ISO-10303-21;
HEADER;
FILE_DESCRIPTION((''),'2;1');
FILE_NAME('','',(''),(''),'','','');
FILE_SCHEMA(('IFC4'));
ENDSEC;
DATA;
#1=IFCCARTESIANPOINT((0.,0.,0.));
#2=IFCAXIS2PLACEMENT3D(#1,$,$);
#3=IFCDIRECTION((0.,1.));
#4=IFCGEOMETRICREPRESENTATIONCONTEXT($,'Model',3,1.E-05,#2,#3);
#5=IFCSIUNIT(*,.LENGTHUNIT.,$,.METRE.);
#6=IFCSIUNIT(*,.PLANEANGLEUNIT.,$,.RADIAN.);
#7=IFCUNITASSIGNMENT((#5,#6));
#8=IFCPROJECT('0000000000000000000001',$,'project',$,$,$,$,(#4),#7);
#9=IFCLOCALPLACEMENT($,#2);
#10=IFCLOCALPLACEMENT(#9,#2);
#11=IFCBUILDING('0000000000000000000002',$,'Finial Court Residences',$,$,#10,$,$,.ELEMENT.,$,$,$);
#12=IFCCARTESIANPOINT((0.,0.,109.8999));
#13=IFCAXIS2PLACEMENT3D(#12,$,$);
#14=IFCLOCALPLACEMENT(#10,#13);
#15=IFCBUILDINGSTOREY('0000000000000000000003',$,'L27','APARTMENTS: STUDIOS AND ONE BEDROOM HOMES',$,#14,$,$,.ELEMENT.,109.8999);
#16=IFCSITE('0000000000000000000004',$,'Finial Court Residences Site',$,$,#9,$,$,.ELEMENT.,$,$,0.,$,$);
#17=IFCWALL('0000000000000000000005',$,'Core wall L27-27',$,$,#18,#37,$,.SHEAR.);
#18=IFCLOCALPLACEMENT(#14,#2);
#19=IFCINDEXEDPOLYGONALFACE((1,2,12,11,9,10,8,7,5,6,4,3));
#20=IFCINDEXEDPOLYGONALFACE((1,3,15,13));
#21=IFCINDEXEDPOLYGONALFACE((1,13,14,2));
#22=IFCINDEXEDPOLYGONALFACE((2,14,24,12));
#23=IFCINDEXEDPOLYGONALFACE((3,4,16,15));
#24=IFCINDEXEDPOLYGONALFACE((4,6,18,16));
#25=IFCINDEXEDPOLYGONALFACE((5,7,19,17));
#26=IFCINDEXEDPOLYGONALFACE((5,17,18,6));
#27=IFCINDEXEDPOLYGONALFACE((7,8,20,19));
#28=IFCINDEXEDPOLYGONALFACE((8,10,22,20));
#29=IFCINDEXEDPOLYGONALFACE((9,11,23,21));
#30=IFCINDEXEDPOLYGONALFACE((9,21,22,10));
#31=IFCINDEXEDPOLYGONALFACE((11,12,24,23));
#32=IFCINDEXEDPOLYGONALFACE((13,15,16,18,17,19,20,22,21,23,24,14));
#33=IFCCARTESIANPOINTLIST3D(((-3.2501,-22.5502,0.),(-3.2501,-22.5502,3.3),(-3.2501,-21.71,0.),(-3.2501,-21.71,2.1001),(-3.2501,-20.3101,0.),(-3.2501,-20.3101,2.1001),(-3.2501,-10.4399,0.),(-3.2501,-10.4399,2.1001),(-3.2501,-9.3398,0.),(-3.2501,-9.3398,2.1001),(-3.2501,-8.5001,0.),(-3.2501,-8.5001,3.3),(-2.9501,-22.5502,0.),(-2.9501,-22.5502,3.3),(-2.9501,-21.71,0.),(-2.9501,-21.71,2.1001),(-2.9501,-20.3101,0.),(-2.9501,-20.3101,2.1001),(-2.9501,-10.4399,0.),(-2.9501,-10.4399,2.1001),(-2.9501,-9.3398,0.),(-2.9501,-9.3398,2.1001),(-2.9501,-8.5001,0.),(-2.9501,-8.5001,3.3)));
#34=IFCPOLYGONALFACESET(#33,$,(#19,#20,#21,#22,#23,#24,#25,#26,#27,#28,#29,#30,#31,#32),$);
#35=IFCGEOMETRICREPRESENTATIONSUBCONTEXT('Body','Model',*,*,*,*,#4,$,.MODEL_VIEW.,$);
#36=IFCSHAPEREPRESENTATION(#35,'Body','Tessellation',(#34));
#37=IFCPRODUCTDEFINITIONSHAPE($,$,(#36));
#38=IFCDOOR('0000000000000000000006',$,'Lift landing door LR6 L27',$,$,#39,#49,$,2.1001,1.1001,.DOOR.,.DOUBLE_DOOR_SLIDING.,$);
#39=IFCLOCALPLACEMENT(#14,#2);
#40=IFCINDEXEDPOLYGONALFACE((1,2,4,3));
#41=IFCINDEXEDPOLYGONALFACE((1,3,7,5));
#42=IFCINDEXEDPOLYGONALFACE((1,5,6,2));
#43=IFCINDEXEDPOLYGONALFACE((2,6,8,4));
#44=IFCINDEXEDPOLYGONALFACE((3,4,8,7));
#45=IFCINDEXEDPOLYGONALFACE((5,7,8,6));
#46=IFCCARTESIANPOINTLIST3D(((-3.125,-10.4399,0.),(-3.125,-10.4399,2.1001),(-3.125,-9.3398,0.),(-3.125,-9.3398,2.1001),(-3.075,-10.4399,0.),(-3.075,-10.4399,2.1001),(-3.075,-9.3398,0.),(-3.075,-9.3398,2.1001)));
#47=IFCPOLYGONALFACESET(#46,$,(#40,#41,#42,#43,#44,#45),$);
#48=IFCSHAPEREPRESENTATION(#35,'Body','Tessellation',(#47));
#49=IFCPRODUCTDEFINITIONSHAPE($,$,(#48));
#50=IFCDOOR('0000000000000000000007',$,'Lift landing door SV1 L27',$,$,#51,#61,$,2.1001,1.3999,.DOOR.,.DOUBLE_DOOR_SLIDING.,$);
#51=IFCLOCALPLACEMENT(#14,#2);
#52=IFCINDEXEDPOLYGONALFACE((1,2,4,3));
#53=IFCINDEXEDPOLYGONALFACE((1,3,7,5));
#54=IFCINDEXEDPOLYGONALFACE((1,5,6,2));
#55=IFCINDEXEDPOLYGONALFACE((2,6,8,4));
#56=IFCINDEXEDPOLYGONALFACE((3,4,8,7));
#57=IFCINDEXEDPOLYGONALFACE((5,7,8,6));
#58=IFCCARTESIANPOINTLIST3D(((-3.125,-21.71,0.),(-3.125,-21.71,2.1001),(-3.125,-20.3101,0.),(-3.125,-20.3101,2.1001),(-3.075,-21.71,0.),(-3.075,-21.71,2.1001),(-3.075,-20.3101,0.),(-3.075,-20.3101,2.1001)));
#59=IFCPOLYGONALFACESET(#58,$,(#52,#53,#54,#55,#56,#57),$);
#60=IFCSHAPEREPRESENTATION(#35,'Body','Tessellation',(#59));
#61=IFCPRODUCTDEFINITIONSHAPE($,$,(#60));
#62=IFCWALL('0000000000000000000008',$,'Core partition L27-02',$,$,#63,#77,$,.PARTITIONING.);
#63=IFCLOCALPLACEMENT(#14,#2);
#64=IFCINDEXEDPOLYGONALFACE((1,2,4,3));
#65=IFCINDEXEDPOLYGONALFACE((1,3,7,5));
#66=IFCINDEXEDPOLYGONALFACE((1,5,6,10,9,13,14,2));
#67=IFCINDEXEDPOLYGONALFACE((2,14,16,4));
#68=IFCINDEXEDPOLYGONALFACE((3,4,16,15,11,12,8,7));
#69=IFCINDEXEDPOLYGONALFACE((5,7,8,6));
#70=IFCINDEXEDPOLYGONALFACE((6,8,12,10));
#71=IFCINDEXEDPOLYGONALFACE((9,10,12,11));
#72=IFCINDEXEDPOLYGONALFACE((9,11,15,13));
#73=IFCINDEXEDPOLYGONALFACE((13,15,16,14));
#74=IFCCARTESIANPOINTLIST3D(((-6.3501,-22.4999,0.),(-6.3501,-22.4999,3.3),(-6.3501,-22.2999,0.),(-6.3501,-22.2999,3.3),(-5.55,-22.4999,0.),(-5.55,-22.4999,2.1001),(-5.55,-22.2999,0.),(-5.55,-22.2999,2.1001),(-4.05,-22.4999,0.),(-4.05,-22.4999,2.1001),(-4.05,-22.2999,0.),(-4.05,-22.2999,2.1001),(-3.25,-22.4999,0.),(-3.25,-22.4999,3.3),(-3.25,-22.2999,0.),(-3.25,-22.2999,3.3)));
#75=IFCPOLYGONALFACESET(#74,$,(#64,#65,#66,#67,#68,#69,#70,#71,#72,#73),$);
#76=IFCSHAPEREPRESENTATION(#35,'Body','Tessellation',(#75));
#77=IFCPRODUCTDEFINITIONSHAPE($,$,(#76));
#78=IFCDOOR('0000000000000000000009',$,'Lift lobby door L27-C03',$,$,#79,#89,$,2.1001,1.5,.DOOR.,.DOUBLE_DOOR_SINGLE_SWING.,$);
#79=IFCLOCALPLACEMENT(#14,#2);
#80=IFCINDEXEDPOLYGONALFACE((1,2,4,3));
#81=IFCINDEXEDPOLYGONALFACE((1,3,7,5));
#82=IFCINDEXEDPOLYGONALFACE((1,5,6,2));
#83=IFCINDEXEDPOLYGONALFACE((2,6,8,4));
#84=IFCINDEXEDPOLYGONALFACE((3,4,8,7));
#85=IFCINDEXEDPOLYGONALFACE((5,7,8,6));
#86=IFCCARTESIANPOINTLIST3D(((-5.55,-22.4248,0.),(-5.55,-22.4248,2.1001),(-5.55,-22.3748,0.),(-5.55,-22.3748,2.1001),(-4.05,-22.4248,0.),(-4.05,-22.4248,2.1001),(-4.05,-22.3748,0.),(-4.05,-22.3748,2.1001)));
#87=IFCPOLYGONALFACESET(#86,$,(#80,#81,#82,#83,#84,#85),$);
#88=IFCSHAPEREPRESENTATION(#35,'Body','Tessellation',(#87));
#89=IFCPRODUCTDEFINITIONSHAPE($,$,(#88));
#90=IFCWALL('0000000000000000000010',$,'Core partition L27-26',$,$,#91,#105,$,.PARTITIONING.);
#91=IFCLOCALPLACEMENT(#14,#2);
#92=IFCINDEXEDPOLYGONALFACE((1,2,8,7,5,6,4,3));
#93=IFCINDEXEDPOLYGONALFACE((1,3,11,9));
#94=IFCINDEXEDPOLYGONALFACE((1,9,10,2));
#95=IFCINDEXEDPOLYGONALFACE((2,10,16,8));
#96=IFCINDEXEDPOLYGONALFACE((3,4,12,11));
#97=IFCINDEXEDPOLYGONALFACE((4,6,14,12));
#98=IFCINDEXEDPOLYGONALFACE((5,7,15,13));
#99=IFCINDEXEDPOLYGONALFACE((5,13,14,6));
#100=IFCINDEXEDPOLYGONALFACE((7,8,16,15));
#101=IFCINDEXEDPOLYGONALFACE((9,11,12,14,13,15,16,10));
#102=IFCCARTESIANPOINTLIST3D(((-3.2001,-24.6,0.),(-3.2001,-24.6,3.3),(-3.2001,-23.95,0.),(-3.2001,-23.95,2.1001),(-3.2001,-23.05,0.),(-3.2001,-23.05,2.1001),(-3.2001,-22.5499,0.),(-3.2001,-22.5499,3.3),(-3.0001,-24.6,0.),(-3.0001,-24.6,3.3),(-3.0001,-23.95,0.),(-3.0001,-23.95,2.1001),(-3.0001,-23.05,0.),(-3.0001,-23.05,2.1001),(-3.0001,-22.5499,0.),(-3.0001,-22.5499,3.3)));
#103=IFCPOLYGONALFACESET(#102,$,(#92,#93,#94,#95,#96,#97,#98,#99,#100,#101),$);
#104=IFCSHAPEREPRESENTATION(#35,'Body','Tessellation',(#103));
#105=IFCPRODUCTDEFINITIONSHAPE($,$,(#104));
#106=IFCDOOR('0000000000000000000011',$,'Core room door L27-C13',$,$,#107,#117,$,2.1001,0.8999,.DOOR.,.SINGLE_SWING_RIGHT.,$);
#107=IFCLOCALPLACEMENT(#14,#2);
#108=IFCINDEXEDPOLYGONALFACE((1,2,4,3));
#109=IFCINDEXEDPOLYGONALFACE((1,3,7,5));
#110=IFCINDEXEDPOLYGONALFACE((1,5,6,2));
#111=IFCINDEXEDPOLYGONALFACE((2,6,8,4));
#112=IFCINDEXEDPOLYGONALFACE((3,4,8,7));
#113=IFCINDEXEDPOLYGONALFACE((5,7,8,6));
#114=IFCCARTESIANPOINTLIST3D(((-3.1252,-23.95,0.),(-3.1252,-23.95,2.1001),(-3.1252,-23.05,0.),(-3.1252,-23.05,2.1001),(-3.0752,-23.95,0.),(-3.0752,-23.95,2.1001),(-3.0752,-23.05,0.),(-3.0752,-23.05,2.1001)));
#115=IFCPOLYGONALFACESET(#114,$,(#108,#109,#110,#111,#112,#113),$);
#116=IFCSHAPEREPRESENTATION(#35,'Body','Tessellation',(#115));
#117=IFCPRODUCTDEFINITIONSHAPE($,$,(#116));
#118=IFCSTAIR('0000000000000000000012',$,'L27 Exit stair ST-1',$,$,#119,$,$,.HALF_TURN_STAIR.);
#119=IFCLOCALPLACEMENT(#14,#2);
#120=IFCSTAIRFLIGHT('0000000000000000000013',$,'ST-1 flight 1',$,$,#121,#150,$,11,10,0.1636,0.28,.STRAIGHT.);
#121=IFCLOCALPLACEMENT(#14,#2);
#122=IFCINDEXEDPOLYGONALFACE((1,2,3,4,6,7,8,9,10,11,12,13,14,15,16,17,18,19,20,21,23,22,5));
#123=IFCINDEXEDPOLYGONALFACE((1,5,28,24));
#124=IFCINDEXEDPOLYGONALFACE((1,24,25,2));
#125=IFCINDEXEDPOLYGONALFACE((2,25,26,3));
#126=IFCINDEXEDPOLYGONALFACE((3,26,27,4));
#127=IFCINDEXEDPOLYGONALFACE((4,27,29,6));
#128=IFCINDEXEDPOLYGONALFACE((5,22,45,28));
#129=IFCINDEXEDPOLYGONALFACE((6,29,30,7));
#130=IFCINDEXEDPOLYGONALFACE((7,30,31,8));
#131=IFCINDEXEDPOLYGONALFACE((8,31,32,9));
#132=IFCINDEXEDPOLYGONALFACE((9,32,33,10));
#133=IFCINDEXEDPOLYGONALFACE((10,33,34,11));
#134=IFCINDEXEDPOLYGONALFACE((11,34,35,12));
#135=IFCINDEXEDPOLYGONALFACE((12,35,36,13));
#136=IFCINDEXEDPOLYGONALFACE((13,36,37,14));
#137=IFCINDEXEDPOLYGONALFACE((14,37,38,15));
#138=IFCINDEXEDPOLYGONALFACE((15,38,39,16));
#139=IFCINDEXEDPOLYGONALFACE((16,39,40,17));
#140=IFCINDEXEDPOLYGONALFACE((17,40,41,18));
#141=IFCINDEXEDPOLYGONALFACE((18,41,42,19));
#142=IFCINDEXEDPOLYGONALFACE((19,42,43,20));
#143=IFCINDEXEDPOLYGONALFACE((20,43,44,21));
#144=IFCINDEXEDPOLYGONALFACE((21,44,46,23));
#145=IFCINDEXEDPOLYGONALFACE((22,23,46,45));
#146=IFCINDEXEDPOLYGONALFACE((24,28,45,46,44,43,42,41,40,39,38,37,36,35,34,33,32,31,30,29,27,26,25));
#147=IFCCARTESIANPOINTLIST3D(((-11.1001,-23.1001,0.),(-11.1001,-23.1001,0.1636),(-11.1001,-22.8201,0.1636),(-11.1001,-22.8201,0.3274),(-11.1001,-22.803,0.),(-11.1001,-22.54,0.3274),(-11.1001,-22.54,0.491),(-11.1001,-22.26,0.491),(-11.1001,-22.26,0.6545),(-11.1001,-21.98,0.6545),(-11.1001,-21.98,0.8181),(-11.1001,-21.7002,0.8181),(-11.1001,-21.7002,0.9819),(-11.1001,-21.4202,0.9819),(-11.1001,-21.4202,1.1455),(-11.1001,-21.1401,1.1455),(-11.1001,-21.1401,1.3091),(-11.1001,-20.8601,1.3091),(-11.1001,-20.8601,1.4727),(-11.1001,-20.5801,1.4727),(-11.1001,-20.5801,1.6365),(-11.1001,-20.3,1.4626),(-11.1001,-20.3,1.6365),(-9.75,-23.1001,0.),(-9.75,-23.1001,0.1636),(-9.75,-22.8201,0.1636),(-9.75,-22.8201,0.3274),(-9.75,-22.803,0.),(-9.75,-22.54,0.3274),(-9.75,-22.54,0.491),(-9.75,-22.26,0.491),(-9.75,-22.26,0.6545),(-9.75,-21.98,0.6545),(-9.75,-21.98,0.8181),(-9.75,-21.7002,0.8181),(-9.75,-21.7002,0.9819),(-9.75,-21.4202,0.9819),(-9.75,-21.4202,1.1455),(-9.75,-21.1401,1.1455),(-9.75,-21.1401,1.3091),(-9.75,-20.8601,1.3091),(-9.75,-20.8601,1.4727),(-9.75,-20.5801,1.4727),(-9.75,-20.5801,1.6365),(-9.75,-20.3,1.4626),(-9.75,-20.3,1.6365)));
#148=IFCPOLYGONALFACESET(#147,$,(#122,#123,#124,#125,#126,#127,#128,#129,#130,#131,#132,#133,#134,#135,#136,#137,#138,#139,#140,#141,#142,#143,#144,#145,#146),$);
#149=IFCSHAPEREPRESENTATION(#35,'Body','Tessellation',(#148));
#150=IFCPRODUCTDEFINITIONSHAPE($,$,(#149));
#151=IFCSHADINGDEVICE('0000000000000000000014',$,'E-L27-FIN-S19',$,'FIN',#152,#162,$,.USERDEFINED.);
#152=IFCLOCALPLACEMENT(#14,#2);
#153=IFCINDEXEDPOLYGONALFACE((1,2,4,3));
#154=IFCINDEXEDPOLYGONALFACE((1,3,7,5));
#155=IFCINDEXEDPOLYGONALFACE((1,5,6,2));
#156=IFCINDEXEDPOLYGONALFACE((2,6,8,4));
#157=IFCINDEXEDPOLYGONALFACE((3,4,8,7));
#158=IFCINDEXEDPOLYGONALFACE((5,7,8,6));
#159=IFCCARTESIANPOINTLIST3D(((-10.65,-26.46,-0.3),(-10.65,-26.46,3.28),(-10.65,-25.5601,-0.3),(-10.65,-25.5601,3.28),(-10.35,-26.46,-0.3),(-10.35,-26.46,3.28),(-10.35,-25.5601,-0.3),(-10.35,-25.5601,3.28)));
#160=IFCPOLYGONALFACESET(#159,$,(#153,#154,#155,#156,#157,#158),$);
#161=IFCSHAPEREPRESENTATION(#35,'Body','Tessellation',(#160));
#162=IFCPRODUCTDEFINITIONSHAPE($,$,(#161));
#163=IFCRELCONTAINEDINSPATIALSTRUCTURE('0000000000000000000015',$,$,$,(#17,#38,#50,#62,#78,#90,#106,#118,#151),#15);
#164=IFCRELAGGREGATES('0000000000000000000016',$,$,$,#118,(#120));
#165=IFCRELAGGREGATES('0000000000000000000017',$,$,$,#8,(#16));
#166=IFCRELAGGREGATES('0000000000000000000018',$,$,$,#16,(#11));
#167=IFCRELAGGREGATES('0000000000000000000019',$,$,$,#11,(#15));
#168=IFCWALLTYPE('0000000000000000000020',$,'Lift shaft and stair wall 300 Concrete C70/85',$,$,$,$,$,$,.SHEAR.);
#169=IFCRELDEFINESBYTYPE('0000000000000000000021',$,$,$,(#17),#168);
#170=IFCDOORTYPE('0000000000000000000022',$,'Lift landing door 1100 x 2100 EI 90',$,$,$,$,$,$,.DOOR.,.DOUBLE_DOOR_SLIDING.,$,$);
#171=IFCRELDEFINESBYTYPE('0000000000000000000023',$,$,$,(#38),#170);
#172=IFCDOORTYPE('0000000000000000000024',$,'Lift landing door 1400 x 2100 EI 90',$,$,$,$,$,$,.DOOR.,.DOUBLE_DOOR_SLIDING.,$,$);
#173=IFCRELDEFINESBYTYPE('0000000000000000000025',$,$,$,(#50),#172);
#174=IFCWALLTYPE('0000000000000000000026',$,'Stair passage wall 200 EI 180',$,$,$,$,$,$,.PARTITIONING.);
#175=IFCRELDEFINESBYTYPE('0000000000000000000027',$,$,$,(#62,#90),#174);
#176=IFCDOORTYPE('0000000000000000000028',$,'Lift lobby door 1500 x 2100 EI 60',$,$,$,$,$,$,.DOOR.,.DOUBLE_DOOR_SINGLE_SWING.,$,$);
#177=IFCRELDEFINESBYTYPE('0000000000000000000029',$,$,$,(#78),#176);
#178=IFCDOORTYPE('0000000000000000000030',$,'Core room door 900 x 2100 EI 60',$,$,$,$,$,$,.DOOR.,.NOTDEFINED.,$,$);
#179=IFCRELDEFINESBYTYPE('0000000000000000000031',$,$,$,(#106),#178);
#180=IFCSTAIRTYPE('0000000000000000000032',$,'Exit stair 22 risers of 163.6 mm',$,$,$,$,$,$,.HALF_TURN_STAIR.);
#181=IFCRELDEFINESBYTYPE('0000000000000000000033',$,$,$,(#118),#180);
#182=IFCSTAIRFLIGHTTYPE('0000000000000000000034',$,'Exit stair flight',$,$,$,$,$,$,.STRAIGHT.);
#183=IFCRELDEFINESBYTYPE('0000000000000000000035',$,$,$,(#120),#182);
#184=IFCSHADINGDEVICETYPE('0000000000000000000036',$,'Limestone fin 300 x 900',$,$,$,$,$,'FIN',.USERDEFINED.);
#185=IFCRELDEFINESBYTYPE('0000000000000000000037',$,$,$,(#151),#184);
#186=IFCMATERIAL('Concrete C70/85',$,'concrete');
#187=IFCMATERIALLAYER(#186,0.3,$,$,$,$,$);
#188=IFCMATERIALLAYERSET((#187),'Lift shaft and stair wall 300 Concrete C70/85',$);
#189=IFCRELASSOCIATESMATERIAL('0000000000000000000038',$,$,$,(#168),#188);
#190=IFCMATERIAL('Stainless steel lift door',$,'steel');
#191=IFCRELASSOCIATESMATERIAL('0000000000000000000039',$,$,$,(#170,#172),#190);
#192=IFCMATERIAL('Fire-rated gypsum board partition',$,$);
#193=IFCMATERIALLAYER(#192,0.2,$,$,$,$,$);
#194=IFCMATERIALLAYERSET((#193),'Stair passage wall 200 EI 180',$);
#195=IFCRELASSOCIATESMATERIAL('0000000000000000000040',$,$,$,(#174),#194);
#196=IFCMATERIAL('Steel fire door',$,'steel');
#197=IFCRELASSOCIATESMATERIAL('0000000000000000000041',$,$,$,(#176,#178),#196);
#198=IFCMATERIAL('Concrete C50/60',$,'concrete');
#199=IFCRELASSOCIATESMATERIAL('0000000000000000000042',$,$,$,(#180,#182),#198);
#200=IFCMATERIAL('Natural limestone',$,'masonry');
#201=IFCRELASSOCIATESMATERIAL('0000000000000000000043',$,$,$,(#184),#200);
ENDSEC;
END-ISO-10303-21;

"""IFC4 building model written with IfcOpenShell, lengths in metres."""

from ifc_helpers import new_model, si_unit, direction, frame, frame_2d, origin, origin_2d, place, context, subcontext, project, spatial, polyline, rectangle, outline, extrude, material, layer, layer_set, type_object, element, fill, aggregate, save


model = new_model("IFC4")

# Units and contexts
model_context = context("Model", 3, precision=1e-05, world=origin(), true_north=direction((0.0, 1.0)))
body_context = subcontext(model_context, "Body", "Model", "MODEL_VIEW")
ifc_project = project(units=[si_unit("LENGTHUNIT", "METRE"), si_unit("PLANEANGLEUNIT", "RADIAN")], contexts=[model_context])

# Site, building, storey
site_placement = place(None, origin())
site = spatial("IfcSite", under=ifc_project, at=site_placement, Name="Finial Court Residences Site", CompositionType="ELEMENT", RefElevation=0.0)
building_placement = place(site_placement, origin())
building = spatial("IfcBuilding", under=site, at=building_placement, Name="Finial Court Residences", CompositionType="ELEMENT")
storey_placement = place(building_placement, frame((0.0, 0.0, 109.8999)))
storey = spatial("IfcBuildingStorey", under=building, at=storey_placement, Name="L27", Description="APARTMENTS: STUDIOS AND ONE BEDROOM HOMES", CompositionType="ELEMENT", Elevation=109.8999)

# Shared definitions
ifc_material_1 = material(Name="Concrete C70/85", Category="concrete")
ifc_layer_1 = layer(ifc_material_1, 0.3)
ifc_layer_set_1 = layer_set([ifc_layer_1], Name="Lift shaft and stair wall 300 Concrete C70/85")
wall_type_1 = type_object("IfcWallType", Name="Lift shaft and stair wall 300 Concrete C70/85", PredefinedType="SHEAR", material=ifc_layer_set_1)

# Shared definitions
ifc_material_2 = material(Name="Steel fire door", Category="steel")

# Wall, openings, doors
ifc_material_3 = material(Name="Stainless steel lift door", Category="steel")
door_type_1 = type_object("IfcDoorType", Name="Lift landing door 1100 x 2100 EI 90", OperationType="DOUBLE_DOOR_SLIDING", PredefinedType="DOOR", material=ifc_material_3)
wall_1_placement = place(storey_placement, frame((-3.1001, -22.55, 0.0), z_axis=(0.0, 0.0, 1.0), x_axis=(0.0, 1.0, 0.0)))
wall_1 = element("IfcWall", 1, at=wall_1_placement, inside=storey, type_object=wall_type_1, Name="Core wall L27-27", PredefinedType="SHEAR", context=body_context, shape_type="SweptSolid", body=[
    extrude(rectangle(XDim=14.05, YDim=0.3, at=frame_2d((7.0249, 0.0))), origin(), (0.0, 0.0, 1.0), 3.3),
])
opening_1_placement = place(wall_1_placement, frame((12.1101, 0.0, 0.0)))
opening_1 = element("IfcOpeningElement", 2, at=opening_1_placement, cuts=wall_1, PredefinedType="OPENING", context=body_context, shape_type="SweptSolid", body=[
    extrude(rectangle(XDim=1.1001, YDim=2.1001, at=frame_2d((0.55, 1.05))), frame((0.0, 0.1599, 0.0), z_axis=(0.0, -1.0, 0.0), x_axis=(1.0, 0.0, 0.0)), (0.0, 0.0, 1.0), 0.3201),
])
opening_2_placement = place(wall_1_placement, frame((0.8401, 0.0, 0.0)))
opening_2 = element("IfcOpeningElement", 3, at=opening_2_placement, cuts=wall_1, PredefinedType="OPENING", context=body_context, shape_type="SweptSolid", body=[
    extrude(rectangle(XDim=1.3999, YDim=2.1001, at=frame_2d((0.7, 1.05))), frame((0.0, 0.1599, 0.0), z_axis=(0.0, -1.0, 0.0), x_axis=(1.0, 0.0, 0.0)), (0.0, 0.0, 1.0), 0.3201),
])
door_1_placement = place(opening_1_placement, origin())
door_1 = element("IfcDoor", 4, at=door_1_placement, inside=storey, type_object=door_type_1, Name="Lift landing door LR6 L27", OperationType="DOUBLE_DOOR_SLIDING", OverallHeight=2.1001, OverallWidth=1.1001, PredefinedType="DOOR", context=body_context, shape_type="SweptSolid", body=[
    extrude(rectangle(XDim=1.1001, YDim=2.1001, at=frame_2d((0.55, 1.05))), frame((0.0, 0.0249, 0.0), z_axis=(0.0, -1.0, 0.0), x_axis=(1.0, 0.0, 0.0)), (0.0, 0.0, 1.0), 0.05),
])
fill(opening_1, door_1)
door_type_2 = type_object("IfcDoorType", Name="Lift landing door 1400 x 2100 EI 90", OperationType="DOUBLE_DOOR_SLIDING", PredefinedType="DOOR", material=ifc_material_3)
door_2_placement = place(opening_2_placement, origin())
door_2 = element("IfcDoor", 5, at=door_2_placement, inside=storey, type_object=door_type_2, Name="Lift landing door SV1 L27", OperationType="DOUBLE_DOOR_SLIDING", OverallHeight=2.1001, OverallWidth=1.3999, PredefinedType="DOOR", context=body_context, shape_type="SweptSolid", body=[
    extrude(rectangle(XDim=1.3999, YDim=2.1001, at=frame_2d((0.7, 1.05))), frame((0.0, 0.0249, 0.0), z_axis=(0.0, -1.0, 0.0), x_axis=(1.0, 0.0, 0.0)), (0.0, 0.0, 1.0), 0.05),
])
fill(opening_2, door_2)

# Walls, openings, doors
ifc_material_4 = material(Name="Fire-rated gypsum board partition")
ifc_layer_2 = layer(ifc_material_4, 0.2)
ifc_layer_set_2 = layer_set([ifc_layer_2], Name="Stair passage wall 200 EI 180")
wall_type_2 = type_object("IfcWallType", Name="Stair passage wall 200 EI 180", PredefinedType="PARTITIONING", material=ifc_layer_set_2)
wall_2_placement = place(storey_placement, frame((-3.25, -22.3999, 0.0), z_axis=(0.0, 0.0, 1.0), x_axis=(-1.0, 0.0, 0.0)))
wall_2 = element("IfcWall", 6, at=wall_2_placement, inside=storey, type_object=wall_type_2, Name="Core partition L27-02", PredefinedType="PARTITIONING", context=body_context, shape_type="SweptSolid", body=[
    extrude(rectangle(XDim=3.1001, YDim=0.2, at=frame_2d((1.55, 0.0))), origin(), (0.0, 0.0, 1.0), 3.3),
])
opening_3_placement = place(wall_2_placement, frame((0.8, 0.0, 0.0)))
opening_3 = element("IfcOpeningElement", 7, at=opening_3_placement, cuts=wall_2, PredefinedType="OPENING", context=body_context, shape_type="SweptSolid", body=[
    extrude(rectangle(XDim=1.5, YDim=2.1001, at=frame_2d((0.75, 1.05))), frame((0.0, 0.1099, 0.0), z_axis=(0.0, -1.0, 0.0), x_axis=(1.0, 0.0, 0.0)), (0.0, 0.0, 1.0), 0.22),
])
door_type_3 = type_object("IfcDoorType", Name="Lift lobby door 1500 x 2100 EI 60", OperationType="DOUBLE_DOOR_SINGLE_SWING", PredefinedType="DOOR", material=ifc_material_2)
door_3_placement = place(opening_3_placement, origin())
door_3 = element("IfcDoor", 8, at=door_3_placement, inside=storey, type_object=door_type_3, Name="Lift lobby door L27-C03", OperationType="DOUBLE_DOOR_SINGLE_SWING", OverallHeight=2.1001, OverallWidth=1.5, PredefinedType="DOOR", context=body_context, shape_type="SweptSolid", body=[
    extrude(rectangle(XDim=1.5, YDim=2.1001, at=frame_2d((0.75, 1.05))), frame((0.0, 0.0249, 0.0), z_axis=(0.0, -1.0, 0.0), x_axis=(1.0, 0.0, 0.0)), (0.0, 0.0, 1.0), 0.05),
])
fill(opening_3, door_3)
wall_3_placement = place(storey_placement, frame((-3.1001, -22.55, 0.0), z_axis=(0.0, 0.0, 1.0), x_axis=(0.0, -1.0, 0.0)))
wall_3 = element("IfcWall", 9, at=wall_3_placement, inside=storey, type_object=wall_type_2, Name="Core partition L27-26", PredefinedType="PARTITIONING", context=body_context, shape_type="SweptSolid", body=[
    extrude(rectangle(XDim=2.05, YDim=0.2, at=frame_2d((1.0249, 0.0))), origin(), (0.0, 0.0, 1.0), 3.3),
])
opening_4_placement = place(wall_3_placement, frame((0.5, 0.0, 0.0)))
opening_4 = element("IfcOpeningElement", 10, at=opening_4_placement, cuts=wall_3, PredefinedType="OPENING", context=body_context, shape_type="SweptSolid", body=[
    extrude(rectangle(XDim=0.8999, YDim=2.1001, at=frame_2d((0.45, 1.05))), frame((0.0, 0.1099, 0.0), z_axis=(0.0, -1.0, 0.0), x_axis=(1.0, 0.0, 0.0)), (0.0, 0.0, 1.0), 0.22),
])
door_type_4 = type_object("IfcDoorType", Name="Core room door 900 x 2100 EI 60", OperationType="NOTDEFINED", PredefinedType="DOOR", material=ifc_material_2)
door_4_placement = place(opening_4_placement, origin())
door_4 = element("IfcDoor", 11, at=door_4_placement, inside=storey, type_object=door_type_4, Name="Core room door L27-C13", OperationType="SINGLE_SWING_RIGHT", OverallHeight=2.1001, OverallWidth=0.8999, PredefinedType="DOOR", context=body_context, shape_type="SweptSolid", body=[
    extrude(rectangle(XDim=0.8999, YDim=2.1001, at=frame_2d((0.45, 1.05))), frame((0.0, 0.0249, 0.0), z_axis=(0.0, -1.0, 0.0), x_axis=(1.0, 0.0, 0.0)), (0.0, 0.0, 1.0), 0.05),
])
fill(opening_4, door_4)

# Stair, stair flight
ifc_material_5 = material(Name="Concrete C50/60", Category="concrete")
stair_type = type_object("IfcStairType", Name="Exit stair 22 risers of 163.6 mm", PredefinedType="HALF_TURN_STAIR", material=ifc_material_5)
stair_placement = place(storey_placement, origin())
stair = element("IfcStair", 12, at=stair_placement, inside=storey, type_object=stair_type, Name="L27 Exit stair ST-1", PredefinedType="HALF_TURN_STAIR")
stair_flight_type = type_object("IfcStairFlightType", Name="Exit stair flight", PredefinedType="STRAIGHT", material=ifc_material_5)
stair_flight_placement = place(storey_placement, frame((-10.425, -23.1001, 0.0), z_axis=(0.0, 0.0, 1.0), x_axis=(0.0, 1.0, 0.0)))
stair_flight = element("IfcStairFlight", 13, at=stair_flight_placement, type_object=stair_flight_type, Name="ST-1 flight 1", NumberOfRisers=11, NumberOfTreads=10, PredefinedType="STRAIGHT", RiserHeight=0.1636, TreadLength=0.28, context=body_context, shape_type="SweptSolid", body=[
    extrude(outline(polyline([(0.0, 0.0), (0.0, 0.1636), (0.28, 0.1636), (0.28, 0.3274), (0.5601, 0.3274), (0.5601, 0.491), (0.8401, 0.491), (0.8401, 0.6545), (1.1201, 0.6545), (1.1201, 0.8181), (1.3999, 0.8181), (1.3999, 0.9819), (1.6799, 0.9819), (1.6799, 1.1455), (1.96, 1.1455), (1.96, 1.3091), (2.24, 1.3091), (2.24, 1.4727), (2.52, 1.4727), (2.52, 1.6365), (2.8, 1.6365), (2.8, 1.8), (2.8, 1.4626), (0.2971, 0.0), (0.0, 0.0)])), frame((0.0, 0.675, 0.0), z_axis=(0.0, -1.0, 0.0), x_axis=(1.0, 0.0, 0.0)), (0.0, 0.0, 1.0), 1.3501),
])
aggregate(stair, [stair_flight])

# Shading device
ifc_material_6 = material(Name="Natural limestone", Category="masonry")
shading_device_type = type_object("IfcShadingDeviceType", Name="Limestone fin 300 x 900", ElementType="FIN", PredefinedType="USERDEFINED", material=ifc_material_6)
for number, where, z_axis, x_axis, name in (
    (14, (-10.5, -26.01, -0.3), (0.0, 0.0, 1.0), (1.0, 0.0, 0.0), "E-L27-FIN-S19"),
):
    element("IfcShadingDevice", number, at=place(storey_placement, frame(where, z_axis=z_axis, x_axis=x_axis)), inside=storey, type_object=shading_device_type, Name=name, ObjectType="FIN", PredefinedType="USERDEFINED", context=body_context, shape_type="SweptSolid", body=[
        extrude(rectangle(XDim=0.3, YDim=0.8999, at=origin_2d()), origin(), (0.0, 0.0, 1.0), 3.5801),
    ])

save(model, "model.ifc")
